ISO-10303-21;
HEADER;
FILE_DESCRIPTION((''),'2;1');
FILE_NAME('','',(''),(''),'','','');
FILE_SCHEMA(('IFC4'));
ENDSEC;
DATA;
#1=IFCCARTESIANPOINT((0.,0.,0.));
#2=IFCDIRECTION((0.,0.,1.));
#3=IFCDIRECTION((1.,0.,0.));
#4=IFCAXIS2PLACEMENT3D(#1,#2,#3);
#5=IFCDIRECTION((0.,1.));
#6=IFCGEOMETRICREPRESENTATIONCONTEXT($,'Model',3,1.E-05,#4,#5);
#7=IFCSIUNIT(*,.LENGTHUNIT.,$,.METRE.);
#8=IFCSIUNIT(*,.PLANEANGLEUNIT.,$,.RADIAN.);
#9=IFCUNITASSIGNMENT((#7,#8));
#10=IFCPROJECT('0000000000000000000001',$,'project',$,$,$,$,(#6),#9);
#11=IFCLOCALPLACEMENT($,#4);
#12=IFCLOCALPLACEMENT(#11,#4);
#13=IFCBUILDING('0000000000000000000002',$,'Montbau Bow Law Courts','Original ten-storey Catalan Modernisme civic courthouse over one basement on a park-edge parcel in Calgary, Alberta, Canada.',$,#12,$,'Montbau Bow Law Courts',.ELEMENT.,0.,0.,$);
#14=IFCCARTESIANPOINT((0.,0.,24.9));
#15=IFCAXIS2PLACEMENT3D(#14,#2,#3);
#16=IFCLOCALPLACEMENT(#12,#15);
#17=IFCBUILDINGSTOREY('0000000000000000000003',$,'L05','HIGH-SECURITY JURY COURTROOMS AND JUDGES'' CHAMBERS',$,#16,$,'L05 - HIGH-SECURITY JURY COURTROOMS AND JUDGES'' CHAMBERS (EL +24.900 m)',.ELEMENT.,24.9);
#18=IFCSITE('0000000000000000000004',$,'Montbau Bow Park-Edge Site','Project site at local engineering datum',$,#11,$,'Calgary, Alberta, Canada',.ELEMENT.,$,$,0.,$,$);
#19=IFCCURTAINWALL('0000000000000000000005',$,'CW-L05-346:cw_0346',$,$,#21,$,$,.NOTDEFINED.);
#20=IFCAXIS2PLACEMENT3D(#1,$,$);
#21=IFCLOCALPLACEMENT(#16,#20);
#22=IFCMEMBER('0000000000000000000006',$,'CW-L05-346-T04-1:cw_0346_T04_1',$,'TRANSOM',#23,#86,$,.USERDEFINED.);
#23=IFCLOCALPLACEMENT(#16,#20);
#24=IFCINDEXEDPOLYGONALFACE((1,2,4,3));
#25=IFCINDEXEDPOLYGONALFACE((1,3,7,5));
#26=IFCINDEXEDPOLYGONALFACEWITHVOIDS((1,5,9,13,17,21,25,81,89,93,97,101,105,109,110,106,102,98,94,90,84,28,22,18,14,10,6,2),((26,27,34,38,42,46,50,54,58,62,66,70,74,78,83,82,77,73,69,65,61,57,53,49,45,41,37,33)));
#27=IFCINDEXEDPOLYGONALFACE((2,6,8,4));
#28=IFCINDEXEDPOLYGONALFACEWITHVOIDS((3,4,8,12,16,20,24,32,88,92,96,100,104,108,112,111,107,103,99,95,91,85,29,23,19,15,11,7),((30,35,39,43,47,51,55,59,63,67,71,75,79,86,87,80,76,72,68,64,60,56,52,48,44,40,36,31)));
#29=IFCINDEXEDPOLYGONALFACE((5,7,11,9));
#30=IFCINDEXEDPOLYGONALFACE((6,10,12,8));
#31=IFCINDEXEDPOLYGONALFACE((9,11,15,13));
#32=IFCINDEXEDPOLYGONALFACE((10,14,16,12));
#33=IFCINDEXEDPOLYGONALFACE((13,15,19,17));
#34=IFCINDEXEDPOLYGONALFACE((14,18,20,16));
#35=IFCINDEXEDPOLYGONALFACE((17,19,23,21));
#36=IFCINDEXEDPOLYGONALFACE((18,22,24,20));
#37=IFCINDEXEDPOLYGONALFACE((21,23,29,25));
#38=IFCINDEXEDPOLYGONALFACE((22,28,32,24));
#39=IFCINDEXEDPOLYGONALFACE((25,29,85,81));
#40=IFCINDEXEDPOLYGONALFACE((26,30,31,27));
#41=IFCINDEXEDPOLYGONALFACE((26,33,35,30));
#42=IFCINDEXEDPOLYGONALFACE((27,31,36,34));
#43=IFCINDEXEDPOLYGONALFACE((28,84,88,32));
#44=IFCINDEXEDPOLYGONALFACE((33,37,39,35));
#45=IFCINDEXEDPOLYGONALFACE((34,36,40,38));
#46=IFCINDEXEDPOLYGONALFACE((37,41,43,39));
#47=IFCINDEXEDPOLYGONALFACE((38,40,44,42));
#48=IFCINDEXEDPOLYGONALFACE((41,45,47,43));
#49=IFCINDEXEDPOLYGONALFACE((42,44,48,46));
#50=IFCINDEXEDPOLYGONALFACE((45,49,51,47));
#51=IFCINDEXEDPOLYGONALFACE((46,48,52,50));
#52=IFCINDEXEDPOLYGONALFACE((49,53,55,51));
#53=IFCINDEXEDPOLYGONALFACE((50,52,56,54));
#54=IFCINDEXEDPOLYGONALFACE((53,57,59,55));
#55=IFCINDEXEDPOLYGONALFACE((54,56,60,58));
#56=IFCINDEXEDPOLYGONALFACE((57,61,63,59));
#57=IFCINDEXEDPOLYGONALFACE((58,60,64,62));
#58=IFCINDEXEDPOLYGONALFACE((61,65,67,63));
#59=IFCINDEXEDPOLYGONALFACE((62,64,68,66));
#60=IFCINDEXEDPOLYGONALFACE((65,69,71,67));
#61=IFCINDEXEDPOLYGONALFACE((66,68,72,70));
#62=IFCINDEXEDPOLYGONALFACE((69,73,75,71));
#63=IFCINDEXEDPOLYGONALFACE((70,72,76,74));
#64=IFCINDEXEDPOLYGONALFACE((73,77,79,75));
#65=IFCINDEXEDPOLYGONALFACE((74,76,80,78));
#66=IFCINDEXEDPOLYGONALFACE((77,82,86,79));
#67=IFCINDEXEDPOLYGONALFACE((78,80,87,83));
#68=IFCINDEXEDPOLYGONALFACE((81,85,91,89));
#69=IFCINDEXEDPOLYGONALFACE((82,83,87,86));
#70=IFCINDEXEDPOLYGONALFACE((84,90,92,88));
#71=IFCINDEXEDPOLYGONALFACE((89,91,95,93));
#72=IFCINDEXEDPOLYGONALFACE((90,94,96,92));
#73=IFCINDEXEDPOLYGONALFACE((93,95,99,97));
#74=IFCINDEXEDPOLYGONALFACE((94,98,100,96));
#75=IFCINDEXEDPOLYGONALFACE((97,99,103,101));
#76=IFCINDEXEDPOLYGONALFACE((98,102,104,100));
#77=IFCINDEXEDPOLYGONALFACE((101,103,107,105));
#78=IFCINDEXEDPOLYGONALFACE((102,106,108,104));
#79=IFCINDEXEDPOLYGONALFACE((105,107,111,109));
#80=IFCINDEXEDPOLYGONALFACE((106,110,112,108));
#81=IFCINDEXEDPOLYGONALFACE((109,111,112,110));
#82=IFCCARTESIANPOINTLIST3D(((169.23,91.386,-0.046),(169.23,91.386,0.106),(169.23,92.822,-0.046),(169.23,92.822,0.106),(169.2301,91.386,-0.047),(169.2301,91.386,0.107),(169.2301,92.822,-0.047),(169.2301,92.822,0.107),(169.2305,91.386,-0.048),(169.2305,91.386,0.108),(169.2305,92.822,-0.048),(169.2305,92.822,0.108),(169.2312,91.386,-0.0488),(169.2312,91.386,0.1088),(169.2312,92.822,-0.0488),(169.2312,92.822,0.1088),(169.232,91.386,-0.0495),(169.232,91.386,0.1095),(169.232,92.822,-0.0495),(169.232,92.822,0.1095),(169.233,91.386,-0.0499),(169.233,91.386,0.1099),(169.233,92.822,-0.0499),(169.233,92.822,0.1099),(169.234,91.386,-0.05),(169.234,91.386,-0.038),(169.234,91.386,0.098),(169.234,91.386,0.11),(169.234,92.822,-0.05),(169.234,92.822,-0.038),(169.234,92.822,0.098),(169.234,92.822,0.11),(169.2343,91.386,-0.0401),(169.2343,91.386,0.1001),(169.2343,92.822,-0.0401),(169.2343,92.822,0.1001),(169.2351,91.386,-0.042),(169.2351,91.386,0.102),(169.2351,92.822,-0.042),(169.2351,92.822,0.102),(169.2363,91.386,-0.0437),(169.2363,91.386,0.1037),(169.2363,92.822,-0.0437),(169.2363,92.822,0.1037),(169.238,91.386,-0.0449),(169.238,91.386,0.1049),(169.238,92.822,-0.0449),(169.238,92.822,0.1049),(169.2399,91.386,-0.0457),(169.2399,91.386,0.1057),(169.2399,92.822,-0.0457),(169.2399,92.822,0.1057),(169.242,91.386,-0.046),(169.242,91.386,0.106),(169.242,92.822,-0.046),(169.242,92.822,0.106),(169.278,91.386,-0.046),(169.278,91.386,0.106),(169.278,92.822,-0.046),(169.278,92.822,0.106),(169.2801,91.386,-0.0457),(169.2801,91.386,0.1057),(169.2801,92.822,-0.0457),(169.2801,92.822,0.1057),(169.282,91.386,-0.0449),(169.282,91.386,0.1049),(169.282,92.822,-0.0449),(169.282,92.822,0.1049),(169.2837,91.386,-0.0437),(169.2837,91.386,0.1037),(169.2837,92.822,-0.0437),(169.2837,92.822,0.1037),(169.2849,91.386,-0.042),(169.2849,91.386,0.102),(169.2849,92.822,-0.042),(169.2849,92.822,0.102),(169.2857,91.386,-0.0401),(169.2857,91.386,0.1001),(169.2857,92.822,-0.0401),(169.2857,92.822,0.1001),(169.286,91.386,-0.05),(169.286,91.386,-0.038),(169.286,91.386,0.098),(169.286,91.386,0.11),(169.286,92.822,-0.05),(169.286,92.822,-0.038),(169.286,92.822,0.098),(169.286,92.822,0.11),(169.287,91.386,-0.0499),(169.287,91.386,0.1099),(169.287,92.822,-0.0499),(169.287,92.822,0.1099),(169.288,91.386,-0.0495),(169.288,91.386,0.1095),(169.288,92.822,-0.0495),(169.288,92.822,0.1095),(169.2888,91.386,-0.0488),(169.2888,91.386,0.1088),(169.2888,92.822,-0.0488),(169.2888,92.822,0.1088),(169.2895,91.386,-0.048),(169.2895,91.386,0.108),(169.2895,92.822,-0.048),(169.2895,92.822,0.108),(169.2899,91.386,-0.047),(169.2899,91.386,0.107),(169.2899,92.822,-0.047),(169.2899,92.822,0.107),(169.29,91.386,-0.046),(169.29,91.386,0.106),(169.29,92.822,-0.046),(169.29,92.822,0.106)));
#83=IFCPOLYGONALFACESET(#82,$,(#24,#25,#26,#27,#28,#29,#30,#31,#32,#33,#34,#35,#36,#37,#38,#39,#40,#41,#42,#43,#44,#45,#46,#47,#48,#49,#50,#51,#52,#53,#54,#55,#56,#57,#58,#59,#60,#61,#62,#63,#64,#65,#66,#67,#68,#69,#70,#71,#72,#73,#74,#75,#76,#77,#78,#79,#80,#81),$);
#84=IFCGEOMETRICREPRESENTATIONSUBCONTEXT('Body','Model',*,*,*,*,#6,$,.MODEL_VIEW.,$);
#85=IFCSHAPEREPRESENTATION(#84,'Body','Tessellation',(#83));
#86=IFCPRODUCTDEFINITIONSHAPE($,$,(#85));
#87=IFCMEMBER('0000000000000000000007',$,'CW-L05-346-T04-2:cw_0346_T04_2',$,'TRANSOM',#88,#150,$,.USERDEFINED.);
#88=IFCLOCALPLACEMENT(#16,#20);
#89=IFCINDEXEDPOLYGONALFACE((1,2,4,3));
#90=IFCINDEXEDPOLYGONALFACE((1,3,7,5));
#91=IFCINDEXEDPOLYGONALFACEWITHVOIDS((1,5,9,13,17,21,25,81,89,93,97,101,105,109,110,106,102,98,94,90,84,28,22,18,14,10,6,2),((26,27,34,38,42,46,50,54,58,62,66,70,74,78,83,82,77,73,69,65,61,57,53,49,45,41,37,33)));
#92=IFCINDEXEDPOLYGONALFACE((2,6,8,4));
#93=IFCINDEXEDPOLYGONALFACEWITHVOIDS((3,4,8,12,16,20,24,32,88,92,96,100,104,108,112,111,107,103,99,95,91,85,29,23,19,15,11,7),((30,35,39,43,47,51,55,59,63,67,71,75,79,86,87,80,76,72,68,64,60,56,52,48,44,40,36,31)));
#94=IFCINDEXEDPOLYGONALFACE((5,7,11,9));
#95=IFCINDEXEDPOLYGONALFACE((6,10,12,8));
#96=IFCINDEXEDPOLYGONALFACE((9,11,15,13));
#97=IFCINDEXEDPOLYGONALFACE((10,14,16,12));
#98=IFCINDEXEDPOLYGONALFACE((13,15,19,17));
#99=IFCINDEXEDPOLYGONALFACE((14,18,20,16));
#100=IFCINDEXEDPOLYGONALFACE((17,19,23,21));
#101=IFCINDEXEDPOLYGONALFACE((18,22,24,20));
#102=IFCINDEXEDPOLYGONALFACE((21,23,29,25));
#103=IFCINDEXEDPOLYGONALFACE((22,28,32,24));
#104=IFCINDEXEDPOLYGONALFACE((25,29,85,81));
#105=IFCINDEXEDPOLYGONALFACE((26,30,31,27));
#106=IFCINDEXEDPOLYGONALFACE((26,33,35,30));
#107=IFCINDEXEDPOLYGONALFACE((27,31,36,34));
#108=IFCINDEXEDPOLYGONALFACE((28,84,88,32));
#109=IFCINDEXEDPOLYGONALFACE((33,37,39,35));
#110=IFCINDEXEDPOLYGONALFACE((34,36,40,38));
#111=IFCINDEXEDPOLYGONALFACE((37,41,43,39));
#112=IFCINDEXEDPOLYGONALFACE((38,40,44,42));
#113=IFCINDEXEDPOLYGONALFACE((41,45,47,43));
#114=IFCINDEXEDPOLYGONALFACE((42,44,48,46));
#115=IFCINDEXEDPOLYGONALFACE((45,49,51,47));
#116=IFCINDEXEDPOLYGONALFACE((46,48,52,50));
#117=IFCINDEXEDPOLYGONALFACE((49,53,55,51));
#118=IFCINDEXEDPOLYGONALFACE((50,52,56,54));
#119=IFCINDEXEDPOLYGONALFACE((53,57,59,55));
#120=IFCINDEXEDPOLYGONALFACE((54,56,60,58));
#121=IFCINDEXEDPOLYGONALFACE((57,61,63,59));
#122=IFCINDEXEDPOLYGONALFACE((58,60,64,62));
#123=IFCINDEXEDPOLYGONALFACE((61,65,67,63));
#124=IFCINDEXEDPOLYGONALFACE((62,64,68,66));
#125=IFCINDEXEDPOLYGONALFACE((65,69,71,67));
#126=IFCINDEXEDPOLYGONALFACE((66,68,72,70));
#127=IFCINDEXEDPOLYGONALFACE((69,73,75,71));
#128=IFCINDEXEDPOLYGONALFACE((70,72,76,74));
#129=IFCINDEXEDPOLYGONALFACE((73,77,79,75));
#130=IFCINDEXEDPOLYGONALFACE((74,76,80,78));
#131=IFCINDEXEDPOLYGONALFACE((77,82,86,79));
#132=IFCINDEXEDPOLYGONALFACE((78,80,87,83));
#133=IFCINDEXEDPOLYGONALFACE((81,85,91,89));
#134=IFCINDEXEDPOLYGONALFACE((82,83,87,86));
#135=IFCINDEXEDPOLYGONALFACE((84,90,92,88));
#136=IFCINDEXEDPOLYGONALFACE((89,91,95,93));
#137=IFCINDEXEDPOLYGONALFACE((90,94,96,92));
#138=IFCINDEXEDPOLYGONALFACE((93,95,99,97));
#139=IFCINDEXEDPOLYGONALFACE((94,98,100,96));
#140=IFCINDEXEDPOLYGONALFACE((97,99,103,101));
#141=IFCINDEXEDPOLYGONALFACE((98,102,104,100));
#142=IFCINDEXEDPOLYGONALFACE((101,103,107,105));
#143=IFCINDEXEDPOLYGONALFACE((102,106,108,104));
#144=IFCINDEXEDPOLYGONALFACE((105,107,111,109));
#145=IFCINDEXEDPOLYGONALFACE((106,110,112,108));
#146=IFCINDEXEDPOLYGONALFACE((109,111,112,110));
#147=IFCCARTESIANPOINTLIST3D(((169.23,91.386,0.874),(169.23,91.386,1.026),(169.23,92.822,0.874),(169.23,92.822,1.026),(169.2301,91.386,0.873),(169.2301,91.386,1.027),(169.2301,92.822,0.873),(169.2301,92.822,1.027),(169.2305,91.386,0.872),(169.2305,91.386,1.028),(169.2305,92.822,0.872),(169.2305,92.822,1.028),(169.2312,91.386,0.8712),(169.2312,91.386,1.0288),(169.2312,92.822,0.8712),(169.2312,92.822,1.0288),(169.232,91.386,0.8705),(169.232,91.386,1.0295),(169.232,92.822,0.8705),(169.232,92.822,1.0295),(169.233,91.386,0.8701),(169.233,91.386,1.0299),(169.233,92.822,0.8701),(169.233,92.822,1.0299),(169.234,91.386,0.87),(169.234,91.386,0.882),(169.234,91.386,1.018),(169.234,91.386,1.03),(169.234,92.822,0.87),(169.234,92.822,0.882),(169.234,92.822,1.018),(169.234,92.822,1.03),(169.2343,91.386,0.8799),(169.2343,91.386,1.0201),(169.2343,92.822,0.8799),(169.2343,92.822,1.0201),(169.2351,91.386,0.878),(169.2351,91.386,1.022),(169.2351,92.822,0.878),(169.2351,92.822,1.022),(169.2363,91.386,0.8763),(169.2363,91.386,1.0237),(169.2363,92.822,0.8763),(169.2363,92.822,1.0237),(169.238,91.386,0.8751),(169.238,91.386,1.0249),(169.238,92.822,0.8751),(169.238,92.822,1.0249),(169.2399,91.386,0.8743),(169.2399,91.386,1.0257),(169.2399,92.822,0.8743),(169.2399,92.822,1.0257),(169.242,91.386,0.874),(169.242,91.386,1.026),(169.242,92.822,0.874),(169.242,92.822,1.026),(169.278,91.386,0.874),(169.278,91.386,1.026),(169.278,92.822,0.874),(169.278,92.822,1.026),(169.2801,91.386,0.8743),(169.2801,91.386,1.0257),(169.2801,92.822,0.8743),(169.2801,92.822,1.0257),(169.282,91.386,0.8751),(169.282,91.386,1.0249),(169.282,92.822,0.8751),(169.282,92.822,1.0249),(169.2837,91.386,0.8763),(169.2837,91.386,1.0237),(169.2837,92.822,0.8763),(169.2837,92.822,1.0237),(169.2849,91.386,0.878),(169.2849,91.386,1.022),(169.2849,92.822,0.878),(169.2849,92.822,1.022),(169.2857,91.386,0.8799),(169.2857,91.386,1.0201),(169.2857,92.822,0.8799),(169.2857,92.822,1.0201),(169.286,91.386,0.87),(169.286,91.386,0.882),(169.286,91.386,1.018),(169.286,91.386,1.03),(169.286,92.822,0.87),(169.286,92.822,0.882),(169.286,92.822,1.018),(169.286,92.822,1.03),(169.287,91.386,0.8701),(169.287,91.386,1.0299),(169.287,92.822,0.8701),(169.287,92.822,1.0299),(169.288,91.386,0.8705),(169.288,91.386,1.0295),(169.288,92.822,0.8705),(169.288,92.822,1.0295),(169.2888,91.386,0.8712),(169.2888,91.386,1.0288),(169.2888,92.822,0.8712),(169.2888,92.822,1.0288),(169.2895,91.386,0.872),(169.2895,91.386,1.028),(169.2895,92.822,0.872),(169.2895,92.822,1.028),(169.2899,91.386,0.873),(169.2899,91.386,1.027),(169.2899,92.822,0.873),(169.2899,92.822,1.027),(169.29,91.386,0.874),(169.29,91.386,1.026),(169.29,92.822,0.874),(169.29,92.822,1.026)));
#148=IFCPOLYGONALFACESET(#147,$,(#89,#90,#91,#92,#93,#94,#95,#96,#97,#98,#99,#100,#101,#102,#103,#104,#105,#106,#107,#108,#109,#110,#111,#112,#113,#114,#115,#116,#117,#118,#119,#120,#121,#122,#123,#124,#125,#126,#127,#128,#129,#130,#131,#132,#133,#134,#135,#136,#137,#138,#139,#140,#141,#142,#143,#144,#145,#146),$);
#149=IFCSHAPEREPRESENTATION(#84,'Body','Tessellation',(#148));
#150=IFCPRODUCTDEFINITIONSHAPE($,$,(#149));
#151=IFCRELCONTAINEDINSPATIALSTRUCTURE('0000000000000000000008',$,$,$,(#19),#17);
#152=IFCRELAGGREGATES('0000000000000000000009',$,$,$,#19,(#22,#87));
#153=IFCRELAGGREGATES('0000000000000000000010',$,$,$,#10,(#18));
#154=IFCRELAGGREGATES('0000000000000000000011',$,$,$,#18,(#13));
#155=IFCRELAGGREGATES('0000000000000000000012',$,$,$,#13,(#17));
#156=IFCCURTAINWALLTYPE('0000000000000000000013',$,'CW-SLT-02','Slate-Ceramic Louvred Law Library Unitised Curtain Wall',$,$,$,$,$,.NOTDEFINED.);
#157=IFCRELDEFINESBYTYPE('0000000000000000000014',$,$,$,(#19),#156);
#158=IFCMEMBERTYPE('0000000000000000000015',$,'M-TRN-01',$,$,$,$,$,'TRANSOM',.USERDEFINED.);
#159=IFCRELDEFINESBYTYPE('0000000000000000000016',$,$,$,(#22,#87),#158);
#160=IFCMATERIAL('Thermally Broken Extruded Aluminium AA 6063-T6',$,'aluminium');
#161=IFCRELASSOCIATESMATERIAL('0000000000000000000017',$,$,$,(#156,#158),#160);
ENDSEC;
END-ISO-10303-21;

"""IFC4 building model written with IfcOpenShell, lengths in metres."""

from ifc_helpers import new_model, si_unit, direction, frame, origin_with_axes, origin_2d_with_axis, place, context, subcontext, project, spatial, hollow_rectangle, extrude, material, material_profile, profile_set, type_object, element, aggregate, save


model = new_model("IFC4")

# Units and contexts
model_context = context("Model", 3, precision=1e-05, world=origin_with_axes(), true_north=direction((0.0, 1.0)))
body_context = subcontext(model_context, "Body", "Model", "MODEL_VIEW")
ifc_project = project(units=[si_unit("LENGTHUNIT", "METRE"), si_unit("PLANEANGLEUNIT", "RADIAN")], contexts=[model_context])

# Site, building, storey
site_placement = place(None, origin_with_axes())
site = spatial("IfcSite", under=ifc_project, at=site_placement, Name="Montbau Bow Park-Edge Site", Description="Project site at local engineering datum", LongName="Calgary, Alberta, Canada", CompositionType="ELEMENT", RefElevation=0.0)
building_placement = place(site_placement, origin_with_axes())
building = spatial("IfcBuilding", under=site, at=building_placement, Name="Montbau Bow Law Courts", Description="Original ten-storey Catalan Modernisme civic courthouse over one basement on a park-edge parcel in Calgary, Alberta, Canada.", LongName="Montbau Bow Law Courts", CompositionType="ELEMENT", ElevationOfRefHeight=0.0, ElevationOfTerrain=0.0)
storey_placement = place(building_placement, frame((0.0, 0.0, 24.9), z_axis=(0.0, 0.0, 1.0), x_axis=(1.0, 0.0, 0.0)))
storey = spatial("IfcBuildingStorey", under=building, at=storey_placement, Name="L05", Description="HIGH-SECURITY JURY COURTROOMS AND JUDGES' CHAMBERS", LongName="L05 - HIGH-SECURITY JURY COURTROOMS AND JUDGES' CHAMBERS (EL +24.900 m)", CompositionType="ELEMENT", Elevation=24.9)

# Curtain wall, members
ifc_material_1 = material(Name="Thermally Broken Extruded Aluminium AA 6063-T6", Category="aluminium")
curtain_wall_type = type_object("IfcCurtainWallType", Name="CW-SLT-02", Description="Slate-Ceramic Louvred Law Library Unitised Curtain Wall", PredefinedType="NOTDEFINED", material=ifc_material_1)
curtain_wall_placement = place(None, frame((169.26, 86.84, 24.9), z_axis=(0.0, 0.0, 1.0), x_axis=(1.0, 0.0, 0.0)))
curtain_wall = element("IfcCurtainWall", 1, at=curtain_wall_placement, inside=storey, type_object=curtain_wall_type, Name="CW-L05-346:cw_0346", PredefinedType="NOTDEFINED")
ifc_material_profile_1 = material_profile(ifc_material_1, hollow_rectangle(XDim=0.06, YDim=0.16, WallThickness=0.004, InnerFilletRadius=0.008, OuterFilletRadius=0.004, at=origin_2d_with_axis()), Name="CWT-160X60", Category="Main", Priority=0)
ifc_profile_set_1 = profile_set([ifc_material_profile_1], Name="Thermally Broken Extruded Aluminium AA 6063-T6")
member_type_1 = type_object("IfcMemberType", Name="M-TRN-01", ElementType="TRANSOM", PredefinedType="USERDEFINED", material=ifc_profile_set_1)
member_1_placement = place(None, frame((169.26, 91.386, 24.93), z_axis=(0.0, 1.0, 0.0), x_axis=(-1.0, 0.0, 0.0)))
member_1 = element("IfcMember", 2, at=member_1_placement, type_object=member_type_1, Name="CW-L05-346-T04-1:cw_0346_T04_1", ObjectType="TRANSOM", PredefinedType="USERDEFINED", context=body_context, shape_type="SweptSolid", body=[
    extrude(hollow_rectangle(XDim=0.06, YDim=0.16, WallThickness=0.004, InnerFilletRadius=0.008, OuterFilletRadius=0.004, at=origin_2d_with_axis()), origin_with_axes(), (0.0, 0.0, 1.0), 1.436),
])
member_2_placement = place(None, frame((169.26, 91.386, 25.85), z_axis=(0.0, 1.0, 0.0), x_axis=(-1.0, 0.0, 0.0)))
member_2 = element("IfcMember", 3, at=member_2_placement, type_object=member_type_1, Name="CW-L05-346-T04-2:cw_0346_T04_2", ObjectType="TRANSOM", PredefinedType="USERDEFINED", context=body_context, shape_type="SweptSolid", body=[
    extrude(hollow_rectangle(XDim=0.06, YDim=0.16, WallThickness=0.004, InnerFilletRadius=0.008, OuterFilletRadius=0.004, at=origin_2d_with_axis()), origin_with_axes(), (0.0, 0.0, 1.0), 1.436),
])
aggregate(curtain_wall, [member_1, member_2])

save(model, "model.ifc")
